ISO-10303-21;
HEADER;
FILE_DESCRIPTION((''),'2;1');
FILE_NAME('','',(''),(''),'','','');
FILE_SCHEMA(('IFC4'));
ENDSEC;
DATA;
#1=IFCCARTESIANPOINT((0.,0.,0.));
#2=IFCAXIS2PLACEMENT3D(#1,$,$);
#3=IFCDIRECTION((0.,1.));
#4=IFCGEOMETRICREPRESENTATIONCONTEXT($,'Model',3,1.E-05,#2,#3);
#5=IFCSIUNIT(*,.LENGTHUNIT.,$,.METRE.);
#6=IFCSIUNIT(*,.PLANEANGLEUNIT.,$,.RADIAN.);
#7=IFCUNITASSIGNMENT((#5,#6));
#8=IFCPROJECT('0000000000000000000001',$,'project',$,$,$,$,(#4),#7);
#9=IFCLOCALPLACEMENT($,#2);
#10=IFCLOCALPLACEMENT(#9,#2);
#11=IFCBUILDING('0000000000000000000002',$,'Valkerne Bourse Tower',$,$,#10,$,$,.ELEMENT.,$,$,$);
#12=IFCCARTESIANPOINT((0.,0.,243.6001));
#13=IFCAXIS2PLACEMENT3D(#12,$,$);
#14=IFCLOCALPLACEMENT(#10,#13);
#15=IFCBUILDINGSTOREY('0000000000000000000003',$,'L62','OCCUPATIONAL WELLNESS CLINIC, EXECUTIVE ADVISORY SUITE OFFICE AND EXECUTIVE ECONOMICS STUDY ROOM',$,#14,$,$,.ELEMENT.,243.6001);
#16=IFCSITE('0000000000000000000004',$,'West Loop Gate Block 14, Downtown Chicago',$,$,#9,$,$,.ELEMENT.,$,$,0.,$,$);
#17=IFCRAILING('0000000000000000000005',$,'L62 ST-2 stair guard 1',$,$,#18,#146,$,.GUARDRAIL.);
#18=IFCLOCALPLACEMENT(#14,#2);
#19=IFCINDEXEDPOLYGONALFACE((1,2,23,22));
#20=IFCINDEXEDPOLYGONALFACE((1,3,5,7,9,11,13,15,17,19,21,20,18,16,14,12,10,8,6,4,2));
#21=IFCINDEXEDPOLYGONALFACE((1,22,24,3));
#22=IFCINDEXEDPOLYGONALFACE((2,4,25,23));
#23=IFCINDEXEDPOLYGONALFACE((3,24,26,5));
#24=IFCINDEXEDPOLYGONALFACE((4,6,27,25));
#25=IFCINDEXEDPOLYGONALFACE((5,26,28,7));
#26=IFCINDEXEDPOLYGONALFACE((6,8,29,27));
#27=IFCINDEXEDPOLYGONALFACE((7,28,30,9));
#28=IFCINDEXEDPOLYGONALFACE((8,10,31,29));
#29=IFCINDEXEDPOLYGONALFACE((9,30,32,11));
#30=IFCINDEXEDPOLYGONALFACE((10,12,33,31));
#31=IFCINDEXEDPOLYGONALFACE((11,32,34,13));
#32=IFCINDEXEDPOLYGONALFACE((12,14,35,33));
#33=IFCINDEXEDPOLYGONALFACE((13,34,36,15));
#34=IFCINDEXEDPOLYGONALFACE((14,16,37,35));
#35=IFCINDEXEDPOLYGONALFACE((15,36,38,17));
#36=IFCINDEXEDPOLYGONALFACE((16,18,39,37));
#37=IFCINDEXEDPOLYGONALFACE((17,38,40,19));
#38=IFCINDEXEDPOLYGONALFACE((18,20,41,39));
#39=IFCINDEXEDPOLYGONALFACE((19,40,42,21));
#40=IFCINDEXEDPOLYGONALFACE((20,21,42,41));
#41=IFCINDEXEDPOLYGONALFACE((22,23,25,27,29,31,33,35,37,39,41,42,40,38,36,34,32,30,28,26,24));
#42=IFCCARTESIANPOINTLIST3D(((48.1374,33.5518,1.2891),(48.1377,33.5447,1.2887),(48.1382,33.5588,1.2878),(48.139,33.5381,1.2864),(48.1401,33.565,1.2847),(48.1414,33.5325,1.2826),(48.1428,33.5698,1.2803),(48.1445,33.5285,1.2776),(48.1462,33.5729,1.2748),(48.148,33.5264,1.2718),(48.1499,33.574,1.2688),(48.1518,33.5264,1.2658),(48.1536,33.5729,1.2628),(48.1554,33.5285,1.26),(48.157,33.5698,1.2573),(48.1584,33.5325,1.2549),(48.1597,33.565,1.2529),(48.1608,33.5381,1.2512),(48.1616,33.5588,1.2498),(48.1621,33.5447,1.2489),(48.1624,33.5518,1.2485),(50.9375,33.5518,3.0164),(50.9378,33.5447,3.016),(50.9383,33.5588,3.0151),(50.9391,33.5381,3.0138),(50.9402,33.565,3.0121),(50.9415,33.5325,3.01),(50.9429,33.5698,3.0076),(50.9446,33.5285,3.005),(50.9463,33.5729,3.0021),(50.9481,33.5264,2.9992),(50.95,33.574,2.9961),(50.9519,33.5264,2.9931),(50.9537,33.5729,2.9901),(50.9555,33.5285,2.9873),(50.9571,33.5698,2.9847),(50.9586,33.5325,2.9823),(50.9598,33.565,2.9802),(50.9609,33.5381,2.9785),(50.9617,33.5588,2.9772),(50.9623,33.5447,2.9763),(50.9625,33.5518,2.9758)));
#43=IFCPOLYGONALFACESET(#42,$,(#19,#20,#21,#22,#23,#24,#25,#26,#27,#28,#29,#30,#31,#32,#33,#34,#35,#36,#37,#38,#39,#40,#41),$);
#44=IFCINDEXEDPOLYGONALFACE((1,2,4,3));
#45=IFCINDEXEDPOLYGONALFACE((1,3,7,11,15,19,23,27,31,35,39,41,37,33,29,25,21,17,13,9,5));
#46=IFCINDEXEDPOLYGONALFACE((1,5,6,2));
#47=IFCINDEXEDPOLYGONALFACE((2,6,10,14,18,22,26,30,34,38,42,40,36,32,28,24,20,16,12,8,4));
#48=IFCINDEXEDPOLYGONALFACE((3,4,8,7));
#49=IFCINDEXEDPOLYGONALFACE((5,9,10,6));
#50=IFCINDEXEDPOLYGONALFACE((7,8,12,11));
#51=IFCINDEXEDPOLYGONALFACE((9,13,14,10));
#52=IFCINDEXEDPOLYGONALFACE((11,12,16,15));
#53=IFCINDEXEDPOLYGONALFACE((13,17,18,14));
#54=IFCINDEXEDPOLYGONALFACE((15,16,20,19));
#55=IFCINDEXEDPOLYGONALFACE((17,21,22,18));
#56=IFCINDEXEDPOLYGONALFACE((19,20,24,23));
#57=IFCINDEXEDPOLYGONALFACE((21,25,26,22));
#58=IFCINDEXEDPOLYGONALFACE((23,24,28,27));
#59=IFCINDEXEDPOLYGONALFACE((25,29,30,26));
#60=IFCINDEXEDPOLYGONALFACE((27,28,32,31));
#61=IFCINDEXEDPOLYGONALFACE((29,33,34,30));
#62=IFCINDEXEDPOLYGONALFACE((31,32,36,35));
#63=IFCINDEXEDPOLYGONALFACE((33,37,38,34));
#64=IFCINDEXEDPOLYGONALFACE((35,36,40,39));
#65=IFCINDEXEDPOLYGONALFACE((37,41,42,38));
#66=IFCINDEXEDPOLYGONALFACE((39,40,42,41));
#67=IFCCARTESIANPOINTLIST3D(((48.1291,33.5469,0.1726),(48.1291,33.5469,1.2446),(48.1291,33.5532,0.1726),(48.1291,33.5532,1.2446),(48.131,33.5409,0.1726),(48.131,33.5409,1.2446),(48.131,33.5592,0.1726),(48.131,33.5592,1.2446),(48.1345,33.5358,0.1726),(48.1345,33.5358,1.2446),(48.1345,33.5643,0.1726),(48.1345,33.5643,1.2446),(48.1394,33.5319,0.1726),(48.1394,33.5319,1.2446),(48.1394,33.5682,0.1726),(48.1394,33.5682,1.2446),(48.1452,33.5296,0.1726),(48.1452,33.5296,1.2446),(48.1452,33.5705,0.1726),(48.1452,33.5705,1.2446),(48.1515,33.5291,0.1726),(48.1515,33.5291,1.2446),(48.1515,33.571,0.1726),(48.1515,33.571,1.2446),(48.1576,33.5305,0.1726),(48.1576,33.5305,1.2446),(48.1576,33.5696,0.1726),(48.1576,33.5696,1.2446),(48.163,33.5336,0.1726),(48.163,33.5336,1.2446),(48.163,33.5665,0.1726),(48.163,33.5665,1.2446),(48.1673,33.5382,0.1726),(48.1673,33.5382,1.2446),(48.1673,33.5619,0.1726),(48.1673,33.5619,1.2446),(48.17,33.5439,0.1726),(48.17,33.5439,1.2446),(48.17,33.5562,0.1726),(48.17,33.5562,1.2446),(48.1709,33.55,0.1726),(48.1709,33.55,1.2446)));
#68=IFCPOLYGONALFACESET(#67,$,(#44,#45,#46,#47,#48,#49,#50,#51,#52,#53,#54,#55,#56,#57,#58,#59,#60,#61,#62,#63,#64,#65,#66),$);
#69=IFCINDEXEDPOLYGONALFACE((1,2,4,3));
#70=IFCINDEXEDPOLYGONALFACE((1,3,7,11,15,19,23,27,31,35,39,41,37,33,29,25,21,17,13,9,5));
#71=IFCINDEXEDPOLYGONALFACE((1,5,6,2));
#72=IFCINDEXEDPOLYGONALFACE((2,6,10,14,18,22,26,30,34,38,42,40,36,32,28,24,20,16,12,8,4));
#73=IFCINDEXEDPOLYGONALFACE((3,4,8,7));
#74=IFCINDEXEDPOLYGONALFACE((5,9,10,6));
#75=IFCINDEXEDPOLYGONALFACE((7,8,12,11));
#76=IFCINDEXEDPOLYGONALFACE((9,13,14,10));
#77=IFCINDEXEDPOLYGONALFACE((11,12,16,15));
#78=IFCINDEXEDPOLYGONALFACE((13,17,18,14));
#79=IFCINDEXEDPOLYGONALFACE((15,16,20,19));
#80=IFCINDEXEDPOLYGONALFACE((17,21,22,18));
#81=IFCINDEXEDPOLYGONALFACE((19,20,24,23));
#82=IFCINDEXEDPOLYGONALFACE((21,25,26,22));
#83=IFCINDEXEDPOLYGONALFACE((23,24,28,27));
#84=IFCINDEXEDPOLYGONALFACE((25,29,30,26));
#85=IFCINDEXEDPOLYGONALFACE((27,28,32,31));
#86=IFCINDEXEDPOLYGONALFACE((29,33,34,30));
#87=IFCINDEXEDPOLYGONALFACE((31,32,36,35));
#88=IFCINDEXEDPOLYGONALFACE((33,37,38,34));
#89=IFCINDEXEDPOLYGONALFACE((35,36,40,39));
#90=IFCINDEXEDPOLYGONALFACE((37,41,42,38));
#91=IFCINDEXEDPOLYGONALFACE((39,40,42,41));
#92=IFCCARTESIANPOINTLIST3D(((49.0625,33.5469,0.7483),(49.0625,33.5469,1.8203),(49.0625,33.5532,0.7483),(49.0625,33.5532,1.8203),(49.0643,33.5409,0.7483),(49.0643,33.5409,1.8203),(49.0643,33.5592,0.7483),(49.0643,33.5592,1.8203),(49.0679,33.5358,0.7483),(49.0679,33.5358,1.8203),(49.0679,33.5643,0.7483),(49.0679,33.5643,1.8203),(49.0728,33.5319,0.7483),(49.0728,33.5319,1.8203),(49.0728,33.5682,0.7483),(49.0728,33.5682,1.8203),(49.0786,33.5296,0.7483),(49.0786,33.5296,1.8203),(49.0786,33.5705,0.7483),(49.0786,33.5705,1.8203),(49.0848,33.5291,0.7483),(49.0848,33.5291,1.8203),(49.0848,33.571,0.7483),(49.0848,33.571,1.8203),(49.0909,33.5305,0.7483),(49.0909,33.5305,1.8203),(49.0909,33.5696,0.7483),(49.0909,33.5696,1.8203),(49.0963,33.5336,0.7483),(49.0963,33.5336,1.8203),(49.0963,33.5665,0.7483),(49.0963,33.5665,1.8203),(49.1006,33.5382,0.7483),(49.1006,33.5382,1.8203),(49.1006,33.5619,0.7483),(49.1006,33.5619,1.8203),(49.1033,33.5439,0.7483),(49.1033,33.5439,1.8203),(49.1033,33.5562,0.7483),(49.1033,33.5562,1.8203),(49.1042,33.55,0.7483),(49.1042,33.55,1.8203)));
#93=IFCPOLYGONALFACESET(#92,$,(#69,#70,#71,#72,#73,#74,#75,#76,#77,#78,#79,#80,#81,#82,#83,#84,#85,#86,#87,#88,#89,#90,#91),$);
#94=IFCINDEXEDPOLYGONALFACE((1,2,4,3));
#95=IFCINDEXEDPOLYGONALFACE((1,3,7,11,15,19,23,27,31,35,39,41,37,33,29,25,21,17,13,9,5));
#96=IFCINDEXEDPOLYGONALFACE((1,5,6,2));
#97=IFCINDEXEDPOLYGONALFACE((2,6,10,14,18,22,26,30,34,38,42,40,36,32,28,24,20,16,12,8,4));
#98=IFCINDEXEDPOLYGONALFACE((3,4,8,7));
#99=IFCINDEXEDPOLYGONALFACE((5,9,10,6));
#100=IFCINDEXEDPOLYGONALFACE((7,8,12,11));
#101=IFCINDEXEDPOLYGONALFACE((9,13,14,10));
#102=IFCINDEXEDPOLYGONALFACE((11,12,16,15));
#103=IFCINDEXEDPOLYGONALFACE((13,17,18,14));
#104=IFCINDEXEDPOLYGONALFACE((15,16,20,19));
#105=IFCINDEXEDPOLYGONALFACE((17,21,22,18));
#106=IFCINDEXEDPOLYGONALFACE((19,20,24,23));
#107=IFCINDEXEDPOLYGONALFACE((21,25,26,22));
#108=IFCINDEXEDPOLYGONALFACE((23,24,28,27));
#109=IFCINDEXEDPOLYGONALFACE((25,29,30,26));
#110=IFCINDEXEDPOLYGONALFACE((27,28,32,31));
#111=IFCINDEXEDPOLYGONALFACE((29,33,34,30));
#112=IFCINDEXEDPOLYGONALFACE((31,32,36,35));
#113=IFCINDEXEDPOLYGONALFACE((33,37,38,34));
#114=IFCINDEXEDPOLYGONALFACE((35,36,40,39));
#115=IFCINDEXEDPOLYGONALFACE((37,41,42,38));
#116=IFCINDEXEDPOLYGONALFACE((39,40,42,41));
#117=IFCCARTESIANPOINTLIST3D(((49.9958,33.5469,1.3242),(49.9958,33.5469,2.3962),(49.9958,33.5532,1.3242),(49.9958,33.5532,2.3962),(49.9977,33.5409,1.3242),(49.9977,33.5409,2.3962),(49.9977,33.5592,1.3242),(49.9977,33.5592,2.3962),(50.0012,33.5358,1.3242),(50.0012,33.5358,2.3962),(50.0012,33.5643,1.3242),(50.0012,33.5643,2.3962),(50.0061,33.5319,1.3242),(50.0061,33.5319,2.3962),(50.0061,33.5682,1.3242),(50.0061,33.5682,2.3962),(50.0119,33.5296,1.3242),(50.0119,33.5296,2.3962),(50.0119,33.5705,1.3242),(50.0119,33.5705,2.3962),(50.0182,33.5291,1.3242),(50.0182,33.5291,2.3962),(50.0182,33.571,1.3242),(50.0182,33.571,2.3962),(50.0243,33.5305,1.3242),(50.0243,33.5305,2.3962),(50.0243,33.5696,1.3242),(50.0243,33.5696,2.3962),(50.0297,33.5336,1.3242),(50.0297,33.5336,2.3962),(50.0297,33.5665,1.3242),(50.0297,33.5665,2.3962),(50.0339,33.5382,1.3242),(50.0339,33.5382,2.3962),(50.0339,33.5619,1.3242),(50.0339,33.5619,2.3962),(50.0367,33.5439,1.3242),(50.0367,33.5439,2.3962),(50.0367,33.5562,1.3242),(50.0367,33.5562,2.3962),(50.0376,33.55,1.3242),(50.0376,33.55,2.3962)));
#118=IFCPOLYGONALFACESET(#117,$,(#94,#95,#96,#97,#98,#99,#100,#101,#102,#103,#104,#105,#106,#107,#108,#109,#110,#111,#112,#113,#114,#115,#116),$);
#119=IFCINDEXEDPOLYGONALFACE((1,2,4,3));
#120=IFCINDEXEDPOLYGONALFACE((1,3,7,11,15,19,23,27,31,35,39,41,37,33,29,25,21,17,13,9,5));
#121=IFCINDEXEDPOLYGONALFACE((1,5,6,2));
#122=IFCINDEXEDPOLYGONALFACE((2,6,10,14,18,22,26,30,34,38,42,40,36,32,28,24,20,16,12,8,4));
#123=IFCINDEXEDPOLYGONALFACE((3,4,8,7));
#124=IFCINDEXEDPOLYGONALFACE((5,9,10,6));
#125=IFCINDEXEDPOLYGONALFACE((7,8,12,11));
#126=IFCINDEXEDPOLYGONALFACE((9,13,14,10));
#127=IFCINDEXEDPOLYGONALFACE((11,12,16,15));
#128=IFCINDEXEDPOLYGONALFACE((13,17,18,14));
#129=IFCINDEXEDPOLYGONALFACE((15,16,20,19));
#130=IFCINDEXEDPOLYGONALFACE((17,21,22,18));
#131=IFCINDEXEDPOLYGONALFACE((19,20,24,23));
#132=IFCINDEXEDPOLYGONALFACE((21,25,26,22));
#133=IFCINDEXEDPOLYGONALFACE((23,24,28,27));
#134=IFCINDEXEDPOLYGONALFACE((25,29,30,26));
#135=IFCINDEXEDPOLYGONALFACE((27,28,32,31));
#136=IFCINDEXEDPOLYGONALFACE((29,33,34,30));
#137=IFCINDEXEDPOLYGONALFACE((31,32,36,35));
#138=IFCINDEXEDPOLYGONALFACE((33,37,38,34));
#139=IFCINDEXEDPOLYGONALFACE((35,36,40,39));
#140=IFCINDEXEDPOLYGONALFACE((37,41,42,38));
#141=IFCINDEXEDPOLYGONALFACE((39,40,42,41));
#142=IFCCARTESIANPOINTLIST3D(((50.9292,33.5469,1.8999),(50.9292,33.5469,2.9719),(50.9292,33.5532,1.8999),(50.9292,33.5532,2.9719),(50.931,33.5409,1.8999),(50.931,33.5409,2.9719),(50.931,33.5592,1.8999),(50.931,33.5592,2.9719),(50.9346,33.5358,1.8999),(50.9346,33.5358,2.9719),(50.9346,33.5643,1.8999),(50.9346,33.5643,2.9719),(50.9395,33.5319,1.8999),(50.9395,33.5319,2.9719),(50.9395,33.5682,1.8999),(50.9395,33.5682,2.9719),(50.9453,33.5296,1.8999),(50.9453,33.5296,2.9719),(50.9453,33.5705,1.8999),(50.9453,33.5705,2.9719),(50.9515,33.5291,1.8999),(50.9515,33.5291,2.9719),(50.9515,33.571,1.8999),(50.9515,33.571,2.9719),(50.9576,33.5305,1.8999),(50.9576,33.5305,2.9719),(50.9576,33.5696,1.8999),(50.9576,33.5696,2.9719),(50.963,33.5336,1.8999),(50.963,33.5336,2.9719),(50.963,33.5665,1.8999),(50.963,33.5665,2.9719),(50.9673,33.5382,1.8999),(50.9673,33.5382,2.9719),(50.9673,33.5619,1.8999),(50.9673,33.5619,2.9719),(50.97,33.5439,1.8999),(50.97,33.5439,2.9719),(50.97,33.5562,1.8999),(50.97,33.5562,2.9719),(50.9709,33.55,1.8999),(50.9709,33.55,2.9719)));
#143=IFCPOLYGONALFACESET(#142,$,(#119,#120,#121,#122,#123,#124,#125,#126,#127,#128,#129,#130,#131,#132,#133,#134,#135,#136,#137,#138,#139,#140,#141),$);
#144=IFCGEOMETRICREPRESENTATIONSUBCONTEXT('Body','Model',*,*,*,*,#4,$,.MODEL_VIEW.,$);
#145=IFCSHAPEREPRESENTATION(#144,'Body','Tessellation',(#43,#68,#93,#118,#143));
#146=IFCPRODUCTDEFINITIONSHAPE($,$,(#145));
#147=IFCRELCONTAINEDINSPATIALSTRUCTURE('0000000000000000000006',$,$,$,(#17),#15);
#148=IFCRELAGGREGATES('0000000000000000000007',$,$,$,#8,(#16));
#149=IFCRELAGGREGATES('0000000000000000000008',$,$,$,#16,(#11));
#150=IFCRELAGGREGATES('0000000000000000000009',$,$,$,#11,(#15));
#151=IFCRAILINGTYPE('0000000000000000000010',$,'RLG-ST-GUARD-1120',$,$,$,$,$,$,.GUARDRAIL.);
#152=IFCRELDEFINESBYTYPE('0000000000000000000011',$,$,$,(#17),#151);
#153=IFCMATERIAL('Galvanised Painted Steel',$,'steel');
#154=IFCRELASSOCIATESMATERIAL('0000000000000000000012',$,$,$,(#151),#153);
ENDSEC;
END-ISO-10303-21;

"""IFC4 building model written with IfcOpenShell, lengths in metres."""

from ifc_helpers import new_model, si_unit, direction, frame, origin, origin_2d, place, context, subcontext, project, spatial, circle, extrude, material, type_object, element, save


model = new_model("IFC4")

# Units and contexts
model_context = context("Model", 3, precision=1e-05, world=origin(), true_north=direction((0.0, 1.0)))
body_context = subcontext(model_context, "Body", "Model", "MODEL_VIEW")
ifc_project = project(units=[si_unit("LENGTHUNIT", "METRE"), si_unit("PLANEANGLEUNIT", "RADIAN")], contexts=[model_context])

# Site, building, storey
site_placement = place(None, origin())
site = spatial("IfcSite", under=ifc_project, at=site_placement, Name="West Loop Gate Block 14, Downtown Chicago", CompositionType="ELEMENT", RefElevation=0.0)
building_placement = place(site_placement, origin())
building = spatial("IfcBuilding", under=site, at=building_placement, Name="Valkerne Bourse Tower", CompositionType="ELEMENT")
storey_placement = place(building_placement, frame((0.0, 0.0, 243.6001)))
storey = spatial("IfcBuildingStorey", under=building, at=storey_placement, Name="L62", Description="OCCUPATIONAL WELLNESS CLINIC, EXECUTIVE ADVISORY SUITE OFFICE AND EXECUTIVE ECONOMICS STUDY ROOM", CompositionType="ELEMENT", Elevation=243.6001)

# Shared definitions
ifc_material_1 = material(Name="Galvanised Painted Steel", Category="steel")

# Railing
railing_type_1 = type_object("IfcRailingType", Name="RLG-ST-GUARD-1120", PredefinedType="GUARDRAIL", material=ifc_material_1)
railing_1_placement = place(storey_placement, frame((48.1499, 33.55, 0.1726)))
element("IfcRailing", 1, at=railing_1_placement, inside=storey, type_object=railing_type_1, Name="L62 ST-2 stair guard 1", PredefinedType="GUARDRAIL", context=body_context, shape_type="SweptSolid", body=[
    extrude(circle(Radius=0.0239, at=origin_2d()), frame((0.0, 0.0, 1.0962), z_axis=(0.85109, 0.0, 0.52502), x_axis=(0.0, 1.0, 0.0)), (0.0, 0.0, 1.0), 3.29),
    extrude(circle(Radius=0.021, at=origin_2d()), origin(), (0.0, 0.0, 1.0), 1.072),
    extrude(circle(Radius=0.021, at=origin_2d()), frame((0.9333, 0.0, 0.5757)), (0.0, 0.0, 1.0), 1.072),
    extrude(circle(Radius=0.021, at=origin_2d()), frame((1.8667, 0.0, 1.1516)), (0.0, 0.0, 1.0), 1.072),
    extrude(circle(Radius=0.021, at=origin_2d()), frame((2.8, 0.0, 1.7273)), (0.0, 0.0, 1.0), 1.072),
])

save(model, "model.ifc")
